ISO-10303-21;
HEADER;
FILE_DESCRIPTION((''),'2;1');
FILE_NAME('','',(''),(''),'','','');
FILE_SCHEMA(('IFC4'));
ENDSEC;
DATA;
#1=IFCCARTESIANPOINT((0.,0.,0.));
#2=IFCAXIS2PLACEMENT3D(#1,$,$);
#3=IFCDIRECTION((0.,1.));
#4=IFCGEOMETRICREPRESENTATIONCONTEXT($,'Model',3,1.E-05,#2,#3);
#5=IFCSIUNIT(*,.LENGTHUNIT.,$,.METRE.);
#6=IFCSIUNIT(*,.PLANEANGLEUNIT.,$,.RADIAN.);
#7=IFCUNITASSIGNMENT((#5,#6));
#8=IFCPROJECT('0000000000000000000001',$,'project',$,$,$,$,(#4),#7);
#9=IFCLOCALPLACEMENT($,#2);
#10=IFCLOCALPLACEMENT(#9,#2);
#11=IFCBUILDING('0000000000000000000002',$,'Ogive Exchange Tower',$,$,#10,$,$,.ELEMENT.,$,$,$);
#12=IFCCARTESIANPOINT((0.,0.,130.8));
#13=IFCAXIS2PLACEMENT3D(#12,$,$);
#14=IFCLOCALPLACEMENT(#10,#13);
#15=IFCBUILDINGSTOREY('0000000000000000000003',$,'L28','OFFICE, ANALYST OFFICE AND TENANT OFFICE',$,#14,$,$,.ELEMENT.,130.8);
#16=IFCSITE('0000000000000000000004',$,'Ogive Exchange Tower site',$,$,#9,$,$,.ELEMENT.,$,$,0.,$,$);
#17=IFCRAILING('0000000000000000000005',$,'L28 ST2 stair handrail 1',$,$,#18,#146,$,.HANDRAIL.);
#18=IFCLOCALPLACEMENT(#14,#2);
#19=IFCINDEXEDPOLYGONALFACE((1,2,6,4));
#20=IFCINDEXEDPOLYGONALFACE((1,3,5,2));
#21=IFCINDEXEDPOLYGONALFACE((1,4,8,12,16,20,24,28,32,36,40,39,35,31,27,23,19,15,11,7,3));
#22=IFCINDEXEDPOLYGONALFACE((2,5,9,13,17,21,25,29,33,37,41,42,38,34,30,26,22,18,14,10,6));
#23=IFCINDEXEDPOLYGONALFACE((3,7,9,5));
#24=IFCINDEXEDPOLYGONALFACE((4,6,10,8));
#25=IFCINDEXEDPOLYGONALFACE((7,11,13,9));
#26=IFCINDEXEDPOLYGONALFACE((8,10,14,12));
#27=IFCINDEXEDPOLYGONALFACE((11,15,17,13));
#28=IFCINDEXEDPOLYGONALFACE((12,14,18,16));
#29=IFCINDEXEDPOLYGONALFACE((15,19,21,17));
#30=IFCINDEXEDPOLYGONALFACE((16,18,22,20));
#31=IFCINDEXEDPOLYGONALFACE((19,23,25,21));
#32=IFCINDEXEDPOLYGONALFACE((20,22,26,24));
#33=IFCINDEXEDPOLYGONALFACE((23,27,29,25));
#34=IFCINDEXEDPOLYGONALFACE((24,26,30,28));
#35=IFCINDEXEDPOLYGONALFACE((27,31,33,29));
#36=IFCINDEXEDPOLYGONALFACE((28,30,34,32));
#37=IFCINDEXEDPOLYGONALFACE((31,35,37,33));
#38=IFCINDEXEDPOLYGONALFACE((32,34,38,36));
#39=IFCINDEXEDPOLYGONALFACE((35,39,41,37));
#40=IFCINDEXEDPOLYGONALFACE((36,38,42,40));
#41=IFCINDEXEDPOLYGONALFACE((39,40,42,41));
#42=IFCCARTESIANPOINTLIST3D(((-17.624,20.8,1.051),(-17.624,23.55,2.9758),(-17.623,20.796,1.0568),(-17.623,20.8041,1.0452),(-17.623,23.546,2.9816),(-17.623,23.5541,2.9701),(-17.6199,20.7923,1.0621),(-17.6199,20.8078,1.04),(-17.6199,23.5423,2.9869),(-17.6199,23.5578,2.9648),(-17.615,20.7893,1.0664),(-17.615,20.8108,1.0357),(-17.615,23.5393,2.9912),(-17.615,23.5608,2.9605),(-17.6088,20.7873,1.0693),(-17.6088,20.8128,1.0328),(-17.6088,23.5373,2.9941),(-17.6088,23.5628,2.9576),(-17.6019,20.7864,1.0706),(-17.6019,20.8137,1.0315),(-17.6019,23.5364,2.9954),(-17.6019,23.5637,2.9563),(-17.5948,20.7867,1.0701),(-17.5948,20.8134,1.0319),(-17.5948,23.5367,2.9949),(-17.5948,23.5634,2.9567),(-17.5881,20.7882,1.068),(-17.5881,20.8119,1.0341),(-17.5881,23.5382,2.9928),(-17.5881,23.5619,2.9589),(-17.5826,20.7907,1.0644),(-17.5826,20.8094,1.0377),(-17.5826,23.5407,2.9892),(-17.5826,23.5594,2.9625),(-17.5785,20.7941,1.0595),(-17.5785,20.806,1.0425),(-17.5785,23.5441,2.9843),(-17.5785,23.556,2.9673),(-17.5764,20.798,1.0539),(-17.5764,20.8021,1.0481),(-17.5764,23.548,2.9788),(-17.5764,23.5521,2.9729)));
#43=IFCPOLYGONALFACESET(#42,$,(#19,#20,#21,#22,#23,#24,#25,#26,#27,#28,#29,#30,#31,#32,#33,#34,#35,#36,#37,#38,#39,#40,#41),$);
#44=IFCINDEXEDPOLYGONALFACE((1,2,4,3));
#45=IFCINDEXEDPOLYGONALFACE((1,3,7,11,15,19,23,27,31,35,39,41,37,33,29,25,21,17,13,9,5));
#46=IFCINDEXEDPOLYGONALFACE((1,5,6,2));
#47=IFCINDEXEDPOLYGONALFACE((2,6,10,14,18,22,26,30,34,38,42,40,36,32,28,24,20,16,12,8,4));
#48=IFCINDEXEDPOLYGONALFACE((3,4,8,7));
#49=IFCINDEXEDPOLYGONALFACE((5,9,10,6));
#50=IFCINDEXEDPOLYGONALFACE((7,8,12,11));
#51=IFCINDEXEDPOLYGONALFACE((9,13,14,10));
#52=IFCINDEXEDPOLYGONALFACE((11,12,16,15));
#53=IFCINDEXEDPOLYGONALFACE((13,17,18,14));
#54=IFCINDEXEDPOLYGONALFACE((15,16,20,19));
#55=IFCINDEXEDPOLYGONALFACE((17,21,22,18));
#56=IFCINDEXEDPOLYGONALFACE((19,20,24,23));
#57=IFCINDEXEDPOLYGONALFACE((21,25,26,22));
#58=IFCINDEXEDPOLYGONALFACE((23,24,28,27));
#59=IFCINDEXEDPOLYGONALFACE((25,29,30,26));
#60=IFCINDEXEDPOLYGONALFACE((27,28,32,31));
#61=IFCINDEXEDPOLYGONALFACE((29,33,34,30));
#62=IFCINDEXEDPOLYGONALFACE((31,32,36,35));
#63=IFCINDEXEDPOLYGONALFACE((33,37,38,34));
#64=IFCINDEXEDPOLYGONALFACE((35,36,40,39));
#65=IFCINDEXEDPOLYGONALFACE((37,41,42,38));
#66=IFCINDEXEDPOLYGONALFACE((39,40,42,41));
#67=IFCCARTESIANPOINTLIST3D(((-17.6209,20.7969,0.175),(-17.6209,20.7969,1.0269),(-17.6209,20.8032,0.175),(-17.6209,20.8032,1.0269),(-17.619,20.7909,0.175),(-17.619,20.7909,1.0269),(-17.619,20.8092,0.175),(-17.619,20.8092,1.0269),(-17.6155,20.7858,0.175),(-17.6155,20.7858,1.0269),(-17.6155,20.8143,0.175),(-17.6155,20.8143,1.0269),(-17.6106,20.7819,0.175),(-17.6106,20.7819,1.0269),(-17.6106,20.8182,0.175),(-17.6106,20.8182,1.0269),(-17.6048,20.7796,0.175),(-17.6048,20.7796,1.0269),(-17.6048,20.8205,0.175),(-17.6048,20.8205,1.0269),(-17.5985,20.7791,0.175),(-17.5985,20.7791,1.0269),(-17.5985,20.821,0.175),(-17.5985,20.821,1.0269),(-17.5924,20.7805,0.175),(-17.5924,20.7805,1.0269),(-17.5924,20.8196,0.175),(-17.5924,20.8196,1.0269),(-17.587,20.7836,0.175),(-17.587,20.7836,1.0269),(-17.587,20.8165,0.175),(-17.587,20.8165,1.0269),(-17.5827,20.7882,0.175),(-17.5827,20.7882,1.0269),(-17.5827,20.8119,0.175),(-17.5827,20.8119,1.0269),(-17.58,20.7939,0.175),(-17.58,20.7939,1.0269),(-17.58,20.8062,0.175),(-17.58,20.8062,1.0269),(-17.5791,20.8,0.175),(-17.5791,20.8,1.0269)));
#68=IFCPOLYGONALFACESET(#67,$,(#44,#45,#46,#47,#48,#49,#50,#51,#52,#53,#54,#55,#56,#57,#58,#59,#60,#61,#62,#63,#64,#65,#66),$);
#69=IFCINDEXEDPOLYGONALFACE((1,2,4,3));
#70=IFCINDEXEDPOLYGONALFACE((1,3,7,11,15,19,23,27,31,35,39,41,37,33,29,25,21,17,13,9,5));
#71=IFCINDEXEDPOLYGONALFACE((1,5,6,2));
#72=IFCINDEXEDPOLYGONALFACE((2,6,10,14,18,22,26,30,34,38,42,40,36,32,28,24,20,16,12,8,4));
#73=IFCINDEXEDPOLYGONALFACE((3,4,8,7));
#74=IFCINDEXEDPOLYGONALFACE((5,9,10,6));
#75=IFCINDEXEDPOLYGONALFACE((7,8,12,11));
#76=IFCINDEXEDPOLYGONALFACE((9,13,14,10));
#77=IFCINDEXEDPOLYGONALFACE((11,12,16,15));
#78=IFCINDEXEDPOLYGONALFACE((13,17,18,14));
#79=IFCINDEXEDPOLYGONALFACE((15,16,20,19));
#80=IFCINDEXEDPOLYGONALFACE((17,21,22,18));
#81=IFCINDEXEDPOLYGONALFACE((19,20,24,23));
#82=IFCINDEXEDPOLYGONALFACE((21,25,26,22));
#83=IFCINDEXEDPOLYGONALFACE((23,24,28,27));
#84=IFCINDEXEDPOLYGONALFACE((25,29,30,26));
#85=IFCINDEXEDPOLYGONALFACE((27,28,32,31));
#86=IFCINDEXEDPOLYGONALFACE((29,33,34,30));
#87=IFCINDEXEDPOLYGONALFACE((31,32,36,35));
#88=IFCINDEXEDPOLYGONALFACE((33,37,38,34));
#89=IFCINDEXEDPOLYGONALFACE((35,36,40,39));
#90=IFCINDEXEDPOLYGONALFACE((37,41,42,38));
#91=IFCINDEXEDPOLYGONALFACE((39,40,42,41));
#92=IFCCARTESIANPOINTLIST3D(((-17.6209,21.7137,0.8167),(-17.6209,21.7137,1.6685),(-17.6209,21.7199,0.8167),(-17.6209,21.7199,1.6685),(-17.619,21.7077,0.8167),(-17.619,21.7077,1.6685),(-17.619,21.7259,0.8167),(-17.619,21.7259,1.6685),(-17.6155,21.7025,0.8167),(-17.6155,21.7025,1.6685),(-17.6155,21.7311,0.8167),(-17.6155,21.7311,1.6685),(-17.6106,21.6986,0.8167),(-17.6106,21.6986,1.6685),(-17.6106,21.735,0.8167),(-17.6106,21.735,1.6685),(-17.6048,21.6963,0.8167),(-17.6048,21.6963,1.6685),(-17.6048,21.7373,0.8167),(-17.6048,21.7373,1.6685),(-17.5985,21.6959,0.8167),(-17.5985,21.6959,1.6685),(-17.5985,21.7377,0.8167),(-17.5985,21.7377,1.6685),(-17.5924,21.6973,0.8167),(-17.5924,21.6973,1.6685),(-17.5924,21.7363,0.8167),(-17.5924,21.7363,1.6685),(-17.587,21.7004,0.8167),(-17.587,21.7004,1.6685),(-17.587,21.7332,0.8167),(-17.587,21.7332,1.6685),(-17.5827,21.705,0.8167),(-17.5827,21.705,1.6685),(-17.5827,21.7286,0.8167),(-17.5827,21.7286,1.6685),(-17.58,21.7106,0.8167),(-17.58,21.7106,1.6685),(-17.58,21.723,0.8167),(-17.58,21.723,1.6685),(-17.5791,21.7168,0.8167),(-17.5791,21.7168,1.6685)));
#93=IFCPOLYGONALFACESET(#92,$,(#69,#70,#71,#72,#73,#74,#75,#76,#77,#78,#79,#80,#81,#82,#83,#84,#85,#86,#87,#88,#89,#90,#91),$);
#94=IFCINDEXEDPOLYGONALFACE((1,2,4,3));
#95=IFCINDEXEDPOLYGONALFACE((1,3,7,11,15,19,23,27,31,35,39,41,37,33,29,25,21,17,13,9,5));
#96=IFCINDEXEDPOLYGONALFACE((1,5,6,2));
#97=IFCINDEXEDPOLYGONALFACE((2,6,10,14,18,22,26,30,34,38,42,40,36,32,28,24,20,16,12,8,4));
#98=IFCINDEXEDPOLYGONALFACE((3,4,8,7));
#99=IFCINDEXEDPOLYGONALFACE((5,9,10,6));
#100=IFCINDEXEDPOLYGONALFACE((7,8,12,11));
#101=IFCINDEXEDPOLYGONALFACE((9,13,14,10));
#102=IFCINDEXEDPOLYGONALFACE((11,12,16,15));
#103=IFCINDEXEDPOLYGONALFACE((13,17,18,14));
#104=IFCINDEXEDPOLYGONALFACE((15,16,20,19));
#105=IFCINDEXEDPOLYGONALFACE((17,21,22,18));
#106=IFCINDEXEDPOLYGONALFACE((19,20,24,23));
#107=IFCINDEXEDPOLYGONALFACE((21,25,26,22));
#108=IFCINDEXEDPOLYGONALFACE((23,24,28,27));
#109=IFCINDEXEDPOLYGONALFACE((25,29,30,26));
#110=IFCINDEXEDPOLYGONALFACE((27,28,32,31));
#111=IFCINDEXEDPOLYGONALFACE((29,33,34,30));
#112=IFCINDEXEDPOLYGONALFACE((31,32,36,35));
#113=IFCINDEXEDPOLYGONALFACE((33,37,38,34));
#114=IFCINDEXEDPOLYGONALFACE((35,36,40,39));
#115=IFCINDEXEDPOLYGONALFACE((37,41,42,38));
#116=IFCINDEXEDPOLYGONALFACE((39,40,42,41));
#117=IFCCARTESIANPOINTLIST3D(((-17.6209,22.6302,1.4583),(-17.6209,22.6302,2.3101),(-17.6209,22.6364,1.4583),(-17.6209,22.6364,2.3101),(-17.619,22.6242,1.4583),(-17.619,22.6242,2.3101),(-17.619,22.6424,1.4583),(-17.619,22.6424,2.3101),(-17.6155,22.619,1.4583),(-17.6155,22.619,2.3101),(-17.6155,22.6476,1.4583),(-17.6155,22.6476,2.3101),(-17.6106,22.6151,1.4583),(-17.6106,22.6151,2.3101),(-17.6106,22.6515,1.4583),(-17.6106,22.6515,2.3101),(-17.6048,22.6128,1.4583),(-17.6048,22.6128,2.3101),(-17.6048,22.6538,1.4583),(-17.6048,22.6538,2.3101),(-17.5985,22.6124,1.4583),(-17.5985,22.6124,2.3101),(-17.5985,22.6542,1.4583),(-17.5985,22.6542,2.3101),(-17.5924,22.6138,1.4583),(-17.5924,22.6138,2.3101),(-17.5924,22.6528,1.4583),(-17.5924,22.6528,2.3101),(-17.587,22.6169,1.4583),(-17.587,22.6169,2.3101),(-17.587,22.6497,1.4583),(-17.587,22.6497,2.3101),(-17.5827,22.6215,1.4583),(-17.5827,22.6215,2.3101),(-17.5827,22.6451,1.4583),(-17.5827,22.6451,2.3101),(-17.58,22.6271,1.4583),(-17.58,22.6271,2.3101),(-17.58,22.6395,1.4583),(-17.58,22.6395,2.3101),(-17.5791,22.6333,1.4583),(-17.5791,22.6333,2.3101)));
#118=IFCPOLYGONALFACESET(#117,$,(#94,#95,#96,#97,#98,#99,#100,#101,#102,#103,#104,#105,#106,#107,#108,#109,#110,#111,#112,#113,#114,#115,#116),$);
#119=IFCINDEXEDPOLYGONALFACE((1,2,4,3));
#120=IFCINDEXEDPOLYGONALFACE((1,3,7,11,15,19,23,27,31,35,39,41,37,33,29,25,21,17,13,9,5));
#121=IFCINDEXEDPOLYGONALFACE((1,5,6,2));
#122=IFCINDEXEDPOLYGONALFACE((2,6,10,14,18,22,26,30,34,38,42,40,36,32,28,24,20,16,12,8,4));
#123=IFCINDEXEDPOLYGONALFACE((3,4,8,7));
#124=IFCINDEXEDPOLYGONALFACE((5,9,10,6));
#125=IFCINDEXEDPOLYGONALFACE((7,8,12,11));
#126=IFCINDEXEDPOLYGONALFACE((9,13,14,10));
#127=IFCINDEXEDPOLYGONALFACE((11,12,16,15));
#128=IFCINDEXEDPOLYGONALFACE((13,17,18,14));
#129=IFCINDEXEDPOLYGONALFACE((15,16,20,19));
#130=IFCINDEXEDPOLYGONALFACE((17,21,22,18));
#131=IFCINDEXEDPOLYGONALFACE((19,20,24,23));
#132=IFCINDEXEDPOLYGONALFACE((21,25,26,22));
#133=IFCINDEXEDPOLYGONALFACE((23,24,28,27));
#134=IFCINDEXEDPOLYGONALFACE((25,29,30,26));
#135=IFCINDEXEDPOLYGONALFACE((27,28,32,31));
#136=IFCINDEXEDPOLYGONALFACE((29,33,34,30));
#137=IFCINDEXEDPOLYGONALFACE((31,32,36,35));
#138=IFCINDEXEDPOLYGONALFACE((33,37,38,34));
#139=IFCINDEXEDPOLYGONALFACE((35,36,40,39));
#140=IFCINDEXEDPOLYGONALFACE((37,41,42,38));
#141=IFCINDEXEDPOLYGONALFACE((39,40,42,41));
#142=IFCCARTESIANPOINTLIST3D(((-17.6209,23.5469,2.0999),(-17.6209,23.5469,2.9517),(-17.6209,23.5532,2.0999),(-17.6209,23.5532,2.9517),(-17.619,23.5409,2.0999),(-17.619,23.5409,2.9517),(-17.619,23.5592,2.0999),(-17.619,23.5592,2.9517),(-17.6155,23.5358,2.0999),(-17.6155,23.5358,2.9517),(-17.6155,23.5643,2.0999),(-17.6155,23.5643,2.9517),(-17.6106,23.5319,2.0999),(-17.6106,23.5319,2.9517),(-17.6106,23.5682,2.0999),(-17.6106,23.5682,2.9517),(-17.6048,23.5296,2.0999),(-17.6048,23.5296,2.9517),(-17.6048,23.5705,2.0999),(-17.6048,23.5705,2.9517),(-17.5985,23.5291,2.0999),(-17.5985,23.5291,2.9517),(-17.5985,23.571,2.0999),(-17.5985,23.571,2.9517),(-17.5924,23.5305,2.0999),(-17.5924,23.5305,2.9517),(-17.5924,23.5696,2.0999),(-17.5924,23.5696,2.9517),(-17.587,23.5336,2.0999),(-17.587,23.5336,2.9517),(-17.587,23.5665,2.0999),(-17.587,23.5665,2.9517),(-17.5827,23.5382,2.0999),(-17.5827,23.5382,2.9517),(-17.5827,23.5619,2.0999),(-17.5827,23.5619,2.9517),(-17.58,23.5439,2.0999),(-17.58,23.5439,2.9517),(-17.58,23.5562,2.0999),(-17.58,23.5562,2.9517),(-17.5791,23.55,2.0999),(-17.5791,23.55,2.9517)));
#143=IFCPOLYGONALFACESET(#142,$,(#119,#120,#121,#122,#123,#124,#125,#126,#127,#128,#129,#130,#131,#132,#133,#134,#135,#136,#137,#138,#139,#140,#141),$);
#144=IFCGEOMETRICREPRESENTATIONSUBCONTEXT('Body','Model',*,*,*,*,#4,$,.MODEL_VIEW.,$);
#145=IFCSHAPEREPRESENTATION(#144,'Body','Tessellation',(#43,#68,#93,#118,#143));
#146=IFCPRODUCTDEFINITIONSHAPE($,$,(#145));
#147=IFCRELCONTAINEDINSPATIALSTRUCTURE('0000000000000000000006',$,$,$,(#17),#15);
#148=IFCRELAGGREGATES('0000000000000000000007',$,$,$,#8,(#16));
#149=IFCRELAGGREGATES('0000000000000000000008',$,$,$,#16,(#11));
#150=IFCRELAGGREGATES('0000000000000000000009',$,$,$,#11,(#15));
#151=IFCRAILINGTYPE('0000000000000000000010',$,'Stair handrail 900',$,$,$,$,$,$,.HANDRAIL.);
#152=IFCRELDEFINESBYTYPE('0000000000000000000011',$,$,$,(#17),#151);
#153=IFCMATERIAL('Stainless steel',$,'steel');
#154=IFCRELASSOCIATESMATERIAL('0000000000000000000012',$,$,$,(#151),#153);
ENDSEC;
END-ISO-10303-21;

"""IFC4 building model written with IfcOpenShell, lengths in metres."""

from ifc_helpers import new_model, si_unit, direction, frame, origin, origin_2d, place, context, subcontext, project, spatial, circle, extrude, material, type_object, element, save


model = new_model("IFC4")

# Units and contexts
model_context = context("Model", 3, precision=1e-05, world=origin(), true_north=direction((0.0, 1.0)))
body_context = subcontext(model_context, "Body", "Model", "MODEL_VIEW")
ifc_project = project(units=[si_unit("LENGTHUNIT", "METRE"), si_unit("PLANEANGLEUNIT", "RADIAN")], contexts=[model_context])

# Site, building, storey
site_placement = place(None, origin())
site = spatial("IfcSite", under=ifc_project, at=site_placement, Name="Ogive Exchange Tower site", CompositionType="ELEMENT", RefElevation=0.0)
building_placement = place(site_placement, origin())
building = spatial("IfcBuilding", under=site, at=building_placement, Name="Ogive Exchange Tower", CompositionType="ELEMENT")
storey_placement = place(building_placement, frame((0.0, 0.0, 130.8)))
storey = spatial("IfcBuildingStorey", under=building, at=storey_placement, Name="L28", Description="OFFICE, ANALYST OFFICE AND TENANT OFFICE", CompositionType="ELEMENT", Elevation=130.8)

# Shared definitions
ifc_material_1 = material(Name="Stainless steel", Category="steel")

# Railing
railing_type = type_object("IfcRailingType", Name="Stair handrail 900", PredefinedType="HANDRAIL", material=ifc_material_1)
railing_1_placement = place(storey_placement, frame((-17.6001, 20.8, 0.175)))
element("IfcRailing", 1, at=railing_1_placement, inside=storey, type_object=railing_type, Name="L28 ST2 stair handrail 1", PredefinedType="HANDRAIL", context=body_context, shape_type="SweptSolid", body=[
    extrude(circle(Radius=0.0239, at=origin_2d()), frame((0.0, 0.0, 0.876), z_axis=(0.0, 0.819259, 0.573423), x_axis=(-1.0, 0.0, 0.0)), (0.0, 0.0, 1.0), 3.3567),
    extrude(circle(Radius=0.021, at=origin_2d()), origin(), (0.0, 0.0, 1.0), 0.8518),
    extrude(circle(Radius=0.021, at=origin_2d()), frame((0.0, 0.9167, 0.6416)), (0.0, 0.0, 1.0), 0.8518),
    extrude(circle(Radius=0.021, at=origin_2d()), frame((0.0, 1.8333, 1.2832)), (0.0, 0.0, 1.0), 0.8518),
    extrude(circle(Radius=0.021, at=origin_2d()), frame((0.0, 2.75, 1.9248)), (0.0, 0.0, 1.0), 0.8518),
])

save(model, "model.ifc")
